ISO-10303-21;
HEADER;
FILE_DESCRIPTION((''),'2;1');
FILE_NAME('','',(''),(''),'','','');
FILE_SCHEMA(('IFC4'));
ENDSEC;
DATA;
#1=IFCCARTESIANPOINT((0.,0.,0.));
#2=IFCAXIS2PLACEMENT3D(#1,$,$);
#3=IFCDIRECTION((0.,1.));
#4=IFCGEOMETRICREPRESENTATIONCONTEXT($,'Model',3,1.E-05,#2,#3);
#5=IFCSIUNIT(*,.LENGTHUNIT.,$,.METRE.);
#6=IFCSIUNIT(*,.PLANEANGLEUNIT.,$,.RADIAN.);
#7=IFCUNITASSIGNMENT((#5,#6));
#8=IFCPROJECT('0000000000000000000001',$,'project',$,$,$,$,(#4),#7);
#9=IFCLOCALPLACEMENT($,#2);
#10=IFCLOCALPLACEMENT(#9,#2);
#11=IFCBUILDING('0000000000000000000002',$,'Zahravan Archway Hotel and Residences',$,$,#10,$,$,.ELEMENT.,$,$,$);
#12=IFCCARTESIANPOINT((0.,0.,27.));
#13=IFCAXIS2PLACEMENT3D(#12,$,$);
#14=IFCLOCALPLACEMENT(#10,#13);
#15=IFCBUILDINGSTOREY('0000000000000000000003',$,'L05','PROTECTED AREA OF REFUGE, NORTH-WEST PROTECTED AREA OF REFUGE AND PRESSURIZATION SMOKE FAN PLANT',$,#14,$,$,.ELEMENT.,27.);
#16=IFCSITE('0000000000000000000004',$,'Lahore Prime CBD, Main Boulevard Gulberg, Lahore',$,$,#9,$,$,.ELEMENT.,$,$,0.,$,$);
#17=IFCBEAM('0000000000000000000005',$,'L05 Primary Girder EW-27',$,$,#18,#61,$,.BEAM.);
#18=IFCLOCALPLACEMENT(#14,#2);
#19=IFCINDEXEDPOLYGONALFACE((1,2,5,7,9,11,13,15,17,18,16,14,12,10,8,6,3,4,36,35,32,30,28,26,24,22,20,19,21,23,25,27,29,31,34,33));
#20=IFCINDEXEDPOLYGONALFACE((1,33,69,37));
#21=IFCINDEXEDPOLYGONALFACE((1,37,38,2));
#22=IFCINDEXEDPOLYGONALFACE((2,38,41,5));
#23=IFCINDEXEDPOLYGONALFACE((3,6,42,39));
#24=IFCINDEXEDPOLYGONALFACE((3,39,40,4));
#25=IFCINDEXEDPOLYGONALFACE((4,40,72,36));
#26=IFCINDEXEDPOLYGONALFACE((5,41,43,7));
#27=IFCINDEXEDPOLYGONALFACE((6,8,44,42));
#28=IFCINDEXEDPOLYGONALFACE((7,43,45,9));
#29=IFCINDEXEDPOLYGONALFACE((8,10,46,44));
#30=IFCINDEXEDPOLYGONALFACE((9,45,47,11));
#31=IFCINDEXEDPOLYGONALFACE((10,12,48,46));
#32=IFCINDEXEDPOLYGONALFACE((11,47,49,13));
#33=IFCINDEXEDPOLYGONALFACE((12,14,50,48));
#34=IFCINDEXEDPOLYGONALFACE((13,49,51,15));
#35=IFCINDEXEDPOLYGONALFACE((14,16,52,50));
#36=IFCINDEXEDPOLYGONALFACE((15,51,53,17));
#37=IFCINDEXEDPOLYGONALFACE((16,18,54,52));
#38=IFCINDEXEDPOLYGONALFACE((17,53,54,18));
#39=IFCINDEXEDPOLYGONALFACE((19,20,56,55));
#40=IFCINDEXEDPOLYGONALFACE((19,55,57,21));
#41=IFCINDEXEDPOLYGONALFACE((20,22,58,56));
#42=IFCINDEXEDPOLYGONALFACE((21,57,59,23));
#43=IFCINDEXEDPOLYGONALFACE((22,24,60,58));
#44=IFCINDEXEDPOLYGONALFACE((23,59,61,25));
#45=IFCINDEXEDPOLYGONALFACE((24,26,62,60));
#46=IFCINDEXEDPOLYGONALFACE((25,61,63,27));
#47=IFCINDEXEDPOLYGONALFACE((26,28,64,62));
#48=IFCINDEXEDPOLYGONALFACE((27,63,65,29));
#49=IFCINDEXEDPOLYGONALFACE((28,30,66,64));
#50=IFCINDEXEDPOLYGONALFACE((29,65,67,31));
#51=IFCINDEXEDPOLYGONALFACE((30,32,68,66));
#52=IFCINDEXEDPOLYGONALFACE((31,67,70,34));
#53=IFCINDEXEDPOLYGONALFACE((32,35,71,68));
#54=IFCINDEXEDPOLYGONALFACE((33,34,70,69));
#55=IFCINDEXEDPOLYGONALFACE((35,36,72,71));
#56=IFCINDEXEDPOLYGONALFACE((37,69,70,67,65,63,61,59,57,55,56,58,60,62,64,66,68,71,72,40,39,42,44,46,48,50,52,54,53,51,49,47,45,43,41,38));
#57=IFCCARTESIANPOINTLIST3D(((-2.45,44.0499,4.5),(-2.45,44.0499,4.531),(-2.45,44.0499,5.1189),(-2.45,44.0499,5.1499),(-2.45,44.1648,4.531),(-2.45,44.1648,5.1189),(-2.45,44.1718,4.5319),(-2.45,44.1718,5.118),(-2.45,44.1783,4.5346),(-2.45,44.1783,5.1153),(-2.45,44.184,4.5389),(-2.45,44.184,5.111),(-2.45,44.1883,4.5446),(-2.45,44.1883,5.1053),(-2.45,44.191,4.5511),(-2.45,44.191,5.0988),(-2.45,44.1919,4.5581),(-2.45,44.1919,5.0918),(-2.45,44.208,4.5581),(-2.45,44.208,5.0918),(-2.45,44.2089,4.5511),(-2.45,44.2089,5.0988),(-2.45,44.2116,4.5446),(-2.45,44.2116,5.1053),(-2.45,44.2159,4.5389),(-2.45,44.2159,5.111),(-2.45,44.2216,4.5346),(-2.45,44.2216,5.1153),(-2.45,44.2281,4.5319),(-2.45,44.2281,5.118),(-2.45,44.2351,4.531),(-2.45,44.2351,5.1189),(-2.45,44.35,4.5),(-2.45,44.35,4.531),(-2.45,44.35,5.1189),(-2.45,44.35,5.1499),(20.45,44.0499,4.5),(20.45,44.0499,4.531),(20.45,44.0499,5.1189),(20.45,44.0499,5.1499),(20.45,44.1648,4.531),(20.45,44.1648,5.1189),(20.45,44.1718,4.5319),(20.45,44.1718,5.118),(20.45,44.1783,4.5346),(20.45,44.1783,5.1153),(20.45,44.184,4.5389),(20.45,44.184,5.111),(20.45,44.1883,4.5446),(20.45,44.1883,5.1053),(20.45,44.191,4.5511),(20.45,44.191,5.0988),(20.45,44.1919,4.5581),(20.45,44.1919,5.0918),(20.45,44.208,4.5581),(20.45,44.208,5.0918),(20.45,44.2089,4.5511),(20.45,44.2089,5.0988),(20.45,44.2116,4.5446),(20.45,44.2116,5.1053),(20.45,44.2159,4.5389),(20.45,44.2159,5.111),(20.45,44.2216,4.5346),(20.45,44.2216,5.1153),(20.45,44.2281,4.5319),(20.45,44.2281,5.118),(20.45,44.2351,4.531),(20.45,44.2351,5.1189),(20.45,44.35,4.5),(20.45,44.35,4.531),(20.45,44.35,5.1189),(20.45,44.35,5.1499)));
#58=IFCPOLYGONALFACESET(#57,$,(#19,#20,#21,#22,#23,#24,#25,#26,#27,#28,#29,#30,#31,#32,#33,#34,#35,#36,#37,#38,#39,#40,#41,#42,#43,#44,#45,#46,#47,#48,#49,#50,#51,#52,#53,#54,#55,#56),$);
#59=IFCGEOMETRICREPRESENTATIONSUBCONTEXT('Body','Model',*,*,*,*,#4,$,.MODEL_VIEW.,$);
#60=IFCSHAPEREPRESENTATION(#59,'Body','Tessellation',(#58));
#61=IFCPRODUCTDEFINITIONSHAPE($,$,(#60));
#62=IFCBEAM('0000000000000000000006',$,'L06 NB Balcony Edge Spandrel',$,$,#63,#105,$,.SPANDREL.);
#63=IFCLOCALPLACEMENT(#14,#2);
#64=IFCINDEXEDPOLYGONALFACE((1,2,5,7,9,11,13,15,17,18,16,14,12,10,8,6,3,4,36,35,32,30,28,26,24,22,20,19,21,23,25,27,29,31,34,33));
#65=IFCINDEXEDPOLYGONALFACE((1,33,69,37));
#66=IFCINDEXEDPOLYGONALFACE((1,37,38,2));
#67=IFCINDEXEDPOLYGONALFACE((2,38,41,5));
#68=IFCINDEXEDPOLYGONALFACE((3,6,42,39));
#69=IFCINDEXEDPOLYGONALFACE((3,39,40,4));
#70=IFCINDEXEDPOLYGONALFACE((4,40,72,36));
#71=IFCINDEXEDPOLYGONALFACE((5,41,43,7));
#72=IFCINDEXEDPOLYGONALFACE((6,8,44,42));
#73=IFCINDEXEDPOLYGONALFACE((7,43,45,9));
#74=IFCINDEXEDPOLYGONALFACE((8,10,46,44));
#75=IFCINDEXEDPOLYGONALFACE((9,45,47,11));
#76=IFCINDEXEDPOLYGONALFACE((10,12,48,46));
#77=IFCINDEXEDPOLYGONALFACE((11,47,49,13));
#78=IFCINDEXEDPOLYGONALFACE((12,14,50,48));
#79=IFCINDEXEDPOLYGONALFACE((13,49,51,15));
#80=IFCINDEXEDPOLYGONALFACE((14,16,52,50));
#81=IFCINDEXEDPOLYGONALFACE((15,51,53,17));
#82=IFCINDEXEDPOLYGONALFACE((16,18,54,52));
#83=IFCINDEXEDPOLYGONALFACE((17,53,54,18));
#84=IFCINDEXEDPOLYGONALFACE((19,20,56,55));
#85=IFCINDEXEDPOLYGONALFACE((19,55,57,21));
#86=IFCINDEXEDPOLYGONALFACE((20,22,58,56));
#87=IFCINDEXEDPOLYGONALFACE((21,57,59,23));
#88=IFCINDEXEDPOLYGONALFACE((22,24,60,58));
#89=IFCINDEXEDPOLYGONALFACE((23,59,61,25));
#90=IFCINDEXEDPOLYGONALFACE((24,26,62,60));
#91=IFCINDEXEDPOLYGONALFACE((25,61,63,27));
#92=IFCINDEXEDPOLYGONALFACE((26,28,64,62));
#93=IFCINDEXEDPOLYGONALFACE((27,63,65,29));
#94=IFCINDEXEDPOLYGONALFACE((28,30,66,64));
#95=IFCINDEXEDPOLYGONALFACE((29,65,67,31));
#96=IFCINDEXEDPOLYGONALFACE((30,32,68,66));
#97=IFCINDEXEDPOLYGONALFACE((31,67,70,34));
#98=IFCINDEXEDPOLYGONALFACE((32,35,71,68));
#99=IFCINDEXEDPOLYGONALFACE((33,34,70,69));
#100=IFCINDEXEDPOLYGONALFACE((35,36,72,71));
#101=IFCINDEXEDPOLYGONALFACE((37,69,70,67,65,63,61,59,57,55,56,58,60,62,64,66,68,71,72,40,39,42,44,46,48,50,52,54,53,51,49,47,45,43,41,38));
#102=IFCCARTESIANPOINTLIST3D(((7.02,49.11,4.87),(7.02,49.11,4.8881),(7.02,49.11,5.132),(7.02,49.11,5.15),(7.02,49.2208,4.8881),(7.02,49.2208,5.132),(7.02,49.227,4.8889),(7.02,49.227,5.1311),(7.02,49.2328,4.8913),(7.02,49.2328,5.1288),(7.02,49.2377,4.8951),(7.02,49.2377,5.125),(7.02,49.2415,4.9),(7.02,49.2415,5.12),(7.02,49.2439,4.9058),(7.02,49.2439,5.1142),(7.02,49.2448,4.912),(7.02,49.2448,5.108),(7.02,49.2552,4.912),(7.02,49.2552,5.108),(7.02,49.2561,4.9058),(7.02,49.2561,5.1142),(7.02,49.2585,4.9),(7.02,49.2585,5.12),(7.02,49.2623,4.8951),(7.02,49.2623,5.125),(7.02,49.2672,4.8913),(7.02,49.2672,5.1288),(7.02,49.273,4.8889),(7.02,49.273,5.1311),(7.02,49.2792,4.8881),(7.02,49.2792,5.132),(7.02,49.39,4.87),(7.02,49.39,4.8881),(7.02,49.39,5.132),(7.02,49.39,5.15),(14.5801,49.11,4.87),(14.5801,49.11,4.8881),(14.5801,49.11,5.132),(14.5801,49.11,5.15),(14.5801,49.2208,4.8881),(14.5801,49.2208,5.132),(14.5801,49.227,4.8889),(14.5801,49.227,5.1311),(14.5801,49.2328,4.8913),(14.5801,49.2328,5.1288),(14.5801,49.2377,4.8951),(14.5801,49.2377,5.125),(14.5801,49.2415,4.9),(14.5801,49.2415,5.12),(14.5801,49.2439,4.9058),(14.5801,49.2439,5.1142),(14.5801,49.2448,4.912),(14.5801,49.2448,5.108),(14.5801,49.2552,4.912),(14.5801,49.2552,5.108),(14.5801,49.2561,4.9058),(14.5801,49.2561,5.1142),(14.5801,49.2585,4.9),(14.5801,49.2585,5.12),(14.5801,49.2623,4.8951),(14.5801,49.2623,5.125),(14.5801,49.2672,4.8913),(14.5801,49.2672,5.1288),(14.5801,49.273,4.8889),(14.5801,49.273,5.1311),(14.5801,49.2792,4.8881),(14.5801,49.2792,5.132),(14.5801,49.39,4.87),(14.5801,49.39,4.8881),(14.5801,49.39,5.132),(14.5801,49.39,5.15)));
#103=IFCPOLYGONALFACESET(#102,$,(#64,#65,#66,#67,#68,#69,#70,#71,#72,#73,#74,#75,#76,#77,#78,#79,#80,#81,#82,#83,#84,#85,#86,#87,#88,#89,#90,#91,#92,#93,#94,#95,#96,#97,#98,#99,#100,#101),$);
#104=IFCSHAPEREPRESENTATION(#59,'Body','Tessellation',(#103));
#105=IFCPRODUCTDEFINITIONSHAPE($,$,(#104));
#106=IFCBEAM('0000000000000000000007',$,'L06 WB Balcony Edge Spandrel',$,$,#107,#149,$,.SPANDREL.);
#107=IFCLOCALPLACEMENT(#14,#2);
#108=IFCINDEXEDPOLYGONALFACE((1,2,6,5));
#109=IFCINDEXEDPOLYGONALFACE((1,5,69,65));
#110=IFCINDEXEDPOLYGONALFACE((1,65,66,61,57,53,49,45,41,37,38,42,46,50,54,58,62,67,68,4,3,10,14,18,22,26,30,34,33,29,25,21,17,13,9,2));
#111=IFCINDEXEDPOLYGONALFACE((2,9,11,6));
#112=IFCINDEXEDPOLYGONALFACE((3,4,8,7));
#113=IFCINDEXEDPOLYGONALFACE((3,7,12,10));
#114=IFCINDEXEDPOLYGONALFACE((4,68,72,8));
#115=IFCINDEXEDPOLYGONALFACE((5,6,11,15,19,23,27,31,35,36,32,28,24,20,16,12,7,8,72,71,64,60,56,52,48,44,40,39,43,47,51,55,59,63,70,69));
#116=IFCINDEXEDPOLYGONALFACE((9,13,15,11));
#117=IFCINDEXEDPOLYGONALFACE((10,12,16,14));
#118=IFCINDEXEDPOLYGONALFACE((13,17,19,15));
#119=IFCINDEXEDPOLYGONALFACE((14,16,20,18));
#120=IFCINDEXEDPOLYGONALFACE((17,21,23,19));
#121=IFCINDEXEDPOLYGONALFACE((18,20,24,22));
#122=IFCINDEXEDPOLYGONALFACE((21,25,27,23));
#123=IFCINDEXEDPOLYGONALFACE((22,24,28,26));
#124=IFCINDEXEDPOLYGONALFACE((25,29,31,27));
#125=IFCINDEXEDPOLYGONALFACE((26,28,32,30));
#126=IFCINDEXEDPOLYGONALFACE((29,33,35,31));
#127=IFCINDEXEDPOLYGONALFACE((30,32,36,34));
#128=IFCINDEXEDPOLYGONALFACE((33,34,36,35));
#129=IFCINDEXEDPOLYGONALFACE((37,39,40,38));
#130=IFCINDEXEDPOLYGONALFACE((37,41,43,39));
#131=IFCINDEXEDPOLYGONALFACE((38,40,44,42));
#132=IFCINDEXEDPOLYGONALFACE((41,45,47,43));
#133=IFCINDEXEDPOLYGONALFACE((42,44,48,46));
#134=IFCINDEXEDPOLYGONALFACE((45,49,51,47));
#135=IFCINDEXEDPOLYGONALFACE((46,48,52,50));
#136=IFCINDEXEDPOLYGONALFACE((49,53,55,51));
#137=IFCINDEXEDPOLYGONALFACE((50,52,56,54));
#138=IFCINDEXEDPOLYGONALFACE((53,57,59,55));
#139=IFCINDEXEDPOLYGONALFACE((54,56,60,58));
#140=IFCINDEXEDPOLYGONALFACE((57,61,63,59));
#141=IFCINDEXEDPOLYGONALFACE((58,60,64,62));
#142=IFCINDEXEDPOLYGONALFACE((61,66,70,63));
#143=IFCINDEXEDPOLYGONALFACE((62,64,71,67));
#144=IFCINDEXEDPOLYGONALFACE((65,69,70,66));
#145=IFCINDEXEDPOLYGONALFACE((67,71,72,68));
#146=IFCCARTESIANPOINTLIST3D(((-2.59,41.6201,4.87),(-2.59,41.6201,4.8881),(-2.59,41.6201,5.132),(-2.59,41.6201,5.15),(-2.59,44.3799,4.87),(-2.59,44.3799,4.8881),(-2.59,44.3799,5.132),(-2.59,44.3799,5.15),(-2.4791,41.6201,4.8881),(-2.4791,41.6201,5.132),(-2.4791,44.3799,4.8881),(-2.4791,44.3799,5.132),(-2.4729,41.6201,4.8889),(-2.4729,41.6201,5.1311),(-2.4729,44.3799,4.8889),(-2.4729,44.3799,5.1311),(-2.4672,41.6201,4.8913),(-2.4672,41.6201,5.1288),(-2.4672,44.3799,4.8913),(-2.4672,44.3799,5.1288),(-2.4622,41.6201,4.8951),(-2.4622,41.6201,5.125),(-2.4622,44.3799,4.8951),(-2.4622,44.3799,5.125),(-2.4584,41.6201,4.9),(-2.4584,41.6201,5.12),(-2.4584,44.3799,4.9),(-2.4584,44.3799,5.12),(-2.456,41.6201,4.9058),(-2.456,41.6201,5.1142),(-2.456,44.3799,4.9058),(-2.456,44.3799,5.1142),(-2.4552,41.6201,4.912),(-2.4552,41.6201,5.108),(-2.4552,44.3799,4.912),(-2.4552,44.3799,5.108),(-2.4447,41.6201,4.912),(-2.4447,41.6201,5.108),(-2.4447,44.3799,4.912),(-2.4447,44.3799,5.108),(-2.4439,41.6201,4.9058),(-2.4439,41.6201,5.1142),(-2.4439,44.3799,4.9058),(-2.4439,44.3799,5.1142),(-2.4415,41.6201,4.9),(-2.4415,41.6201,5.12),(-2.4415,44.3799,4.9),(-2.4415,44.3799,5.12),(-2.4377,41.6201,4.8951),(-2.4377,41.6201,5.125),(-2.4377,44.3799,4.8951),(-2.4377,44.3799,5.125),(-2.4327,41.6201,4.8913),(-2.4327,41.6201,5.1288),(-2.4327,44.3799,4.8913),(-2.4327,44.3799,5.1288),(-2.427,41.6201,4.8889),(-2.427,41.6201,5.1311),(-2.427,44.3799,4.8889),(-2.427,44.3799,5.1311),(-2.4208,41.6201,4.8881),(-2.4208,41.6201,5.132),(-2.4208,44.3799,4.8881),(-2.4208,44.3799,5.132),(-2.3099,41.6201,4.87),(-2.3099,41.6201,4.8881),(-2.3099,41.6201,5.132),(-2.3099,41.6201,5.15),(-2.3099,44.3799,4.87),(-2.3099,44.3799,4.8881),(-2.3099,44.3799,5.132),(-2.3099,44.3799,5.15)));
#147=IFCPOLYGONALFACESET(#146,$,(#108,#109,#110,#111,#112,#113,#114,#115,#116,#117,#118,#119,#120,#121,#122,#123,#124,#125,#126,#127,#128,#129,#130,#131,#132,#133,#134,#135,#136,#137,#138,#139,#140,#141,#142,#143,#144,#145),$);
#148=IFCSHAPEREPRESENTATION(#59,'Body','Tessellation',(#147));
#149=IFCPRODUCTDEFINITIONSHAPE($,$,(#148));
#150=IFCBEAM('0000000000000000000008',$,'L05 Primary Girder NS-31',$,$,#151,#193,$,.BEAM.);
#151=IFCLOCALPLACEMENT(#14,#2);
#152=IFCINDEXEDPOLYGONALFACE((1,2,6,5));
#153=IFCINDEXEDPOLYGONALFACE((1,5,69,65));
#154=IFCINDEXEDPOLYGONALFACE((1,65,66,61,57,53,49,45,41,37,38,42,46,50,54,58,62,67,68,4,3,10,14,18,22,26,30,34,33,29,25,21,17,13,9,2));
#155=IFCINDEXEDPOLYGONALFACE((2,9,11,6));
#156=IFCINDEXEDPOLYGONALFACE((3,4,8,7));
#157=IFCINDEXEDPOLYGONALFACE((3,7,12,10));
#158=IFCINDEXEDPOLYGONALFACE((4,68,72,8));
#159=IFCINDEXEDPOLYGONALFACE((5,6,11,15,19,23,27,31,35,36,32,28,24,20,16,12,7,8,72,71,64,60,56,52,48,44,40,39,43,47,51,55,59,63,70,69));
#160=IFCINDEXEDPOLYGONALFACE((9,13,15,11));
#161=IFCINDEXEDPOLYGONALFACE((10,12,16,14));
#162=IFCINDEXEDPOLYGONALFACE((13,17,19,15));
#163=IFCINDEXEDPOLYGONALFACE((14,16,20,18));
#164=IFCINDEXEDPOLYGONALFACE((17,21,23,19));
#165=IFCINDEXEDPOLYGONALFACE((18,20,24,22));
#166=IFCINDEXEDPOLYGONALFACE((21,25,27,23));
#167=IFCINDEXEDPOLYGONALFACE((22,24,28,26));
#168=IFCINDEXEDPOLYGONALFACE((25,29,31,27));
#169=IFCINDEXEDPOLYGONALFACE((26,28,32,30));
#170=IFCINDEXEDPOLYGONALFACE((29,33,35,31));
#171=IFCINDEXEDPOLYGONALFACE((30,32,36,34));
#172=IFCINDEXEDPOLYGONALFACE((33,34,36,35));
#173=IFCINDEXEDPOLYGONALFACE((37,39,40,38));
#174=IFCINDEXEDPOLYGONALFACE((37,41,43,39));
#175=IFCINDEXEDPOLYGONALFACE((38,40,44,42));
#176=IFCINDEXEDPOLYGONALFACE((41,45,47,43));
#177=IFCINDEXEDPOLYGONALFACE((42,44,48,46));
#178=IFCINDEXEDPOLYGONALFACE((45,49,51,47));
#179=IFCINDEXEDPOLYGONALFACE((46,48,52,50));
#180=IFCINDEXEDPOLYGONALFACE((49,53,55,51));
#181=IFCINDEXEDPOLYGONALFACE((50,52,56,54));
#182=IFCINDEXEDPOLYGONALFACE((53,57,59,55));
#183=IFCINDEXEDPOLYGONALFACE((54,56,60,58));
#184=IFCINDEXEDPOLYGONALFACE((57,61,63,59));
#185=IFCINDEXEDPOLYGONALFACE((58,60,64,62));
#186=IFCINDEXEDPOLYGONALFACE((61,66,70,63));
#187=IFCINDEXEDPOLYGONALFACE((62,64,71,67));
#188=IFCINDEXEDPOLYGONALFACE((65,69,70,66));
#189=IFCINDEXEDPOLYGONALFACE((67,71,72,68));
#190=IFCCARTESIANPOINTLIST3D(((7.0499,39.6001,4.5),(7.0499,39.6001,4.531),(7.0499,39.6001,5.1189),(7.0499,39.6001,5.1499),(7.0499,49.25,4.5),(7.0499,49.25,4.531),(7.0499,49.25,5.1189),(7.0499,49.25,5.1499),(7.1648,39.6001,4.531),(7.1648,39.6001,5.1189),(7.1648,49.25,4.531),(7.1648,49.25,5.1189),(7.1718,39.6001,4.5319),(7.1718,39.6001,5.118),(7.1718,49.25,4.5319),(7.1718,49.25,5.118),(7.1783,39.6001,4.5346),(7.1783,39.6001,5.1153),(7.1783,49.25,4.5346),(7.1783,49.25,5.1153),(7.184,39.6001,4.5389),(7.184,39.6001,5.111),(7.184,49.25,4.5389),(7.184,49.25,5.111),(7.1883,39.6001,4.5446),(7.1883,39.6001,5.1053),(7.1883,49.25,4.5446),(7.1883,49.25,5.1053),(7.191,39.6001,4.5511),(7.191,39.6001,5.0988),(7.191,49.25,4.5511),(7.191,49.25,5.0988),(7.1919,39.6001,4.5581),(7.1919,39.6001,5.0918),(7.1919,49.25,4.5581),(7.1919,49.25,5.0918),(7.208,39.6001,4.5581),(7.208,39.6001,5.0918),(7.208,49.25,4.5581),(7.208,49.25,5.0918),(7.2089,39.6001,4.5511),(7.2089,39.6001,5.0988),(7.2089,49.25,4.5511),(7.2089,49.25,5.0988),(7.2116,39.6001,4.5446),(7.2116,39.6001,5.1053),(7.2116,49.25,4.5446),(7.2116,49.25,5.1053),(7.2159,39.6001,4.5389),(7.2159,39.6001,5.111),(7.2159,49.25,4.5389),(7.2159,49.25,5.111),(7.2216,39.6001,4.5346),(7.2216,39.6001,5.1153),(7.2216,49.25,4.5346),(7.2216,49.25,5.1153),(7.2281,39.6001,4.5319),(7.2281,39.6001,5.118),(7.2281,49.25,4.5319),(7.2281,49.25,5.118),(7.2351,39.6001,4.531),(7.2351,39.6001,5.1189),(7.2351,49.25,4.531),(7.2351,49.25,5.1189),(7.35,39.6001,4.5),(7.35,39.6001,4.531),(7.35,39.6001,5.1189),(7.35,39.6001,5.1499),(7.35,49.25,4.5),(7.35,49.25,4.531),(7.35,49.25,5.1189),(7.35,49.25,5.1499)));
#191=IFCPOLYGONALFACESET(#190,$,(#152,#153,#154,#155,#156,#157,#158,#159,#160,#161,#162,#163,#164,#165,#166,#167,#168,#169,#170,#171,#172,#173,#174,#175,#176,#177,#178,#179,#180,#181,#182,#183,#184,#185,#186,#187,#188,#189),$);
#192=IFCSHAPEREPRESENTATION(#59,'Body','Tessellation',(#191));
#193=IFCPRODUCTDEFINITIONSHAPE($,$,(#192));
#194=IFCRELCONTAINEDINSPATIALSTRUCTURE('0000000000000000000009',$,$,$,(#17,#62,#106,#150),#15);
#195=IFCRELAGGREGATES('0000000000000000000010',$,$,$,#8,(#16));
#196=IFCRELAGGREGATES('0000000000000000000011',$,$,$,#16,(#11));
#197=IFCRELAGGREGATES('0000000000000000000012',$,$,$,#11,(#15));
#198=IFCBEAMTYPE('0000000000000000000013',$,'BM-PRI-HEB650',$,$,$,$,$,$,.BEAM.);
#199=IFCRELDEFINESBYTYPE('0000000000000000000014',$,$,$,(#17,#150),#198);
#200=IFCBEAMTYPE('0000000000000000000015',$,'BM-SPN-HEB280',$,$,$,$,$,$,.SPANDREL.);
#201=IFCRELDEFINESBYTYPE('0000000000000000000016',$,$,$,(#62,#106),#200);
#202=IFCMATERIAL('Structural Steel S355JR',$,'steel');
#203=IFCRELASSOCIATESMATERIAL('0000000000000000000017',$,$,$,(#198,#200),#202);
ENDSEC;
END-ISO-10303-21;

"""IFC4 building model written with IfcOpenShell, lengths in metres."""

from ifc_helpers import new_model, si_unit, direction, frame, origin, origin_2d, place, context, subcontext, project, spatial, i_section, extrude, source, transform, mapped, material, material_profile, profile_set, type_object, type_shapes, element, save


model = new_model("IFC4")

# Units and contexts
model_context = context("Model", 3, precision=1e-05, world=origin(), true_north=direction((0.0, 1.0)))
body_context = subcontext(model_context, "Body", "Model", "MODEL_VIEW")
ifc_project = project(units=[si_unit("LENGTHUNIT", "METRE"), si_unit("PLANEANGLEUNIT", "RADIAN")], contexts=[model_context])

# Site, building, storey
site_placement = place(None, origin())
site = spatial("IfcSite", under=ifc_project, at=site_placement, Name="Lahore Prime CBD, Main Boulevard Gulberg, Lahore", CompositionType="ELEMENT", RefElevation=0.0)
building_placement = place(site_placement, origin())
building = spatial("IfcBuilding", under=site, at=building_placement, Name="Zahravan Archway Hotel and Residences", CompositionType="ELEMENT")
storey_placement = place(building_placement, frame((0.0, 0.0, 27.0)))
storey = spatial("IfcBuildingStorey", under=building, at=storey_placement, Name="L05", Description="PROTECTED AREA OF REFUGE, NORTH-WEST PROTECTED AREA OF REFUGE AND PRESSURIZATION SMOKE FAN PLANT", CompositionType="ELEMENT", Elevation=27.0)

# Beams
ifc_material_1 = material(Name="Structural Steel S355JR", Category="steel")
ifc_material_profile_1 = material_profile(ifc_material_1, i_section(OverallWidth=0.3, OverallDepth=0.6499, WebThickness=0.0161, FlangeThickness=0.031, FilletRadius=0.0271, at=origin_2d()), Name="HEB 650", Category="steel")
ifc_profile_set_1 = profile_set([ifc_material_profile_1], Name="Structural Steel S355JR")
beam_type_1 = type_object("IfcBeamType", Name="BM-PRI-HEB650", PredefinedType="BEAM", material=ifc_profile_set_1)
shared_shape_1 = source(origin(), body_context, "Body", "SweptSolid", [
    extrude(i_section(OverallWidth=0.3, OverallDepth=0.6499, WebThickness=0.0161, FlangeThickness=0.031, FilletRadius=0.0271, at=origin_2d()), origin(), (0.0, 0.0, 1.0), 22.8999),
])
for number, where, z_axis, x_axis, name in (
    (1, (-2.45, 44.2, 4.825), (1.0, 0.0, 0.0), (0.0, 1.0, 0.0), "L05 Primary Girder EW-27"),
):
    element("IfcBeam", number, at=place(storey_placement, frame(where, z_axis=z_axis, x_axis=x_axis)), inside=storey, type_object=beam_type_1, Name=name, PredefinedType="BEAM", context=body_context, shape_type="MappedRepresentation", body=[
        mapped(shared_shape_1, transform((0.0, 0.0, 0.0), scale=1.0)),
    ])
ifc_material_profile_2 = material_profile(ifc_material_1, i_section(OverallWidth=0.28, OverallDepth=0.28, WebThickness=0.0105, FlangeThickness=0.0181, FilletRadius=0.0239, at=origin_2d()), Name="HEB 280", Category="steel")
ifc_profile_set_2 = profile_set([ifc_material_profile_2], Name="Structural Steel S355JR")
beam_type_2 = type_object("IfcBeamType", Name="BM-SPN-HEB280", PredefinedType="SPANDREL", material=ifc_profile_set_2)
shared_shape_2 = source(origin(), body_context, "Body", "SweptSolid", [
    extrude(i_section(OverallWidth=0.28, OverallDepth=0.28, WebThickness=0.0105, FlangeThickness=0.0181, FilletRadius=0.0239, at=origin_2d()), origin(), (0.0, 0.0, 1.0), 7.5601),
])
type_shapes(beam_type_2, [shared_shape_2])
beam_1_placement = place(storey_placement, frame((7.02, 49.25, 5.01), z_axis=(1.0, 0.0, 0.0), x_axis=(0.0, 1.0, 0.0)))
element("IfcBeam", 2, at=beam_1_placement, inside=storey, type_object=beam_type_2, Name="L06 NB Balcony Edge Spandrel", PredefinedType="SPANDREL", context=body_context, shape_type="MappedRepresentation", body=[
    mapped(shared_shape_2, transform((0.0, 0.0, 0.0), scale=1.0)),
])
shared_shape_3 = source(origin(), body_context, "Body", "SweptSolid", [
    extrude(i_section(OverallWidth=0.28, OverallDepth=0.28, WebThickness=0.0105, FlangeThickness=0.0181, FilletRadius=0.0239, at=origin_2d()), origin(), (0.0, 0.0, 1.0), 2.7598),
])
beam_2_placement = place(storey_placement, frame((-2.45, 41.6201, 5.01), z_axis=(0.0, 1.0, 0.0), x_axis=(-1.0, 0.0, 0.0)))
element("IfcBeam", 3, at=beam_2_placement, inside=storey, type_object=beam_type_2, Name="L06 WB Balcony Edge Spandrel", PredefinedType="SPANDREL", context=body_context, shape_type="MappedRepresentation", body=[
    mapped(shared_shape_3, transform((0.0, 0.0, 0.0), scale=1.0)),
])
shared_shape_4 = source(origin(), body_context, "Body", "SweptSolid", [
    extrude(i_section(OverallWidth=0.3, OverallDepth=0.6499, WebThickness=0.0161, FlangeThickness=0.031, FilletRadius=0.0271, at=origin_2d()), origin(), (0.0, 0.0, 1.0), 9.6499),
])
beam_3_placement = place(storey_placement, frame((7.2, 39.6001, 4.825), z_axis=(0.0, 1.0, 0.0), x_axis=(-1.0, 0.0, 0.0)))
element("IfcBeam", 4, at=beam_3_placement, inside=storey, type_object=beam_type_1, Name="L05 Primary Girder NS-31", PredefinedType="BEAM", context=body_context, shape_type="MappedRepresentation", body=[
    mapped(shared_shape_4, transform((0.0, 0.0, 0.0), scale=1.0)),
])

save(model, "model.ifc")
